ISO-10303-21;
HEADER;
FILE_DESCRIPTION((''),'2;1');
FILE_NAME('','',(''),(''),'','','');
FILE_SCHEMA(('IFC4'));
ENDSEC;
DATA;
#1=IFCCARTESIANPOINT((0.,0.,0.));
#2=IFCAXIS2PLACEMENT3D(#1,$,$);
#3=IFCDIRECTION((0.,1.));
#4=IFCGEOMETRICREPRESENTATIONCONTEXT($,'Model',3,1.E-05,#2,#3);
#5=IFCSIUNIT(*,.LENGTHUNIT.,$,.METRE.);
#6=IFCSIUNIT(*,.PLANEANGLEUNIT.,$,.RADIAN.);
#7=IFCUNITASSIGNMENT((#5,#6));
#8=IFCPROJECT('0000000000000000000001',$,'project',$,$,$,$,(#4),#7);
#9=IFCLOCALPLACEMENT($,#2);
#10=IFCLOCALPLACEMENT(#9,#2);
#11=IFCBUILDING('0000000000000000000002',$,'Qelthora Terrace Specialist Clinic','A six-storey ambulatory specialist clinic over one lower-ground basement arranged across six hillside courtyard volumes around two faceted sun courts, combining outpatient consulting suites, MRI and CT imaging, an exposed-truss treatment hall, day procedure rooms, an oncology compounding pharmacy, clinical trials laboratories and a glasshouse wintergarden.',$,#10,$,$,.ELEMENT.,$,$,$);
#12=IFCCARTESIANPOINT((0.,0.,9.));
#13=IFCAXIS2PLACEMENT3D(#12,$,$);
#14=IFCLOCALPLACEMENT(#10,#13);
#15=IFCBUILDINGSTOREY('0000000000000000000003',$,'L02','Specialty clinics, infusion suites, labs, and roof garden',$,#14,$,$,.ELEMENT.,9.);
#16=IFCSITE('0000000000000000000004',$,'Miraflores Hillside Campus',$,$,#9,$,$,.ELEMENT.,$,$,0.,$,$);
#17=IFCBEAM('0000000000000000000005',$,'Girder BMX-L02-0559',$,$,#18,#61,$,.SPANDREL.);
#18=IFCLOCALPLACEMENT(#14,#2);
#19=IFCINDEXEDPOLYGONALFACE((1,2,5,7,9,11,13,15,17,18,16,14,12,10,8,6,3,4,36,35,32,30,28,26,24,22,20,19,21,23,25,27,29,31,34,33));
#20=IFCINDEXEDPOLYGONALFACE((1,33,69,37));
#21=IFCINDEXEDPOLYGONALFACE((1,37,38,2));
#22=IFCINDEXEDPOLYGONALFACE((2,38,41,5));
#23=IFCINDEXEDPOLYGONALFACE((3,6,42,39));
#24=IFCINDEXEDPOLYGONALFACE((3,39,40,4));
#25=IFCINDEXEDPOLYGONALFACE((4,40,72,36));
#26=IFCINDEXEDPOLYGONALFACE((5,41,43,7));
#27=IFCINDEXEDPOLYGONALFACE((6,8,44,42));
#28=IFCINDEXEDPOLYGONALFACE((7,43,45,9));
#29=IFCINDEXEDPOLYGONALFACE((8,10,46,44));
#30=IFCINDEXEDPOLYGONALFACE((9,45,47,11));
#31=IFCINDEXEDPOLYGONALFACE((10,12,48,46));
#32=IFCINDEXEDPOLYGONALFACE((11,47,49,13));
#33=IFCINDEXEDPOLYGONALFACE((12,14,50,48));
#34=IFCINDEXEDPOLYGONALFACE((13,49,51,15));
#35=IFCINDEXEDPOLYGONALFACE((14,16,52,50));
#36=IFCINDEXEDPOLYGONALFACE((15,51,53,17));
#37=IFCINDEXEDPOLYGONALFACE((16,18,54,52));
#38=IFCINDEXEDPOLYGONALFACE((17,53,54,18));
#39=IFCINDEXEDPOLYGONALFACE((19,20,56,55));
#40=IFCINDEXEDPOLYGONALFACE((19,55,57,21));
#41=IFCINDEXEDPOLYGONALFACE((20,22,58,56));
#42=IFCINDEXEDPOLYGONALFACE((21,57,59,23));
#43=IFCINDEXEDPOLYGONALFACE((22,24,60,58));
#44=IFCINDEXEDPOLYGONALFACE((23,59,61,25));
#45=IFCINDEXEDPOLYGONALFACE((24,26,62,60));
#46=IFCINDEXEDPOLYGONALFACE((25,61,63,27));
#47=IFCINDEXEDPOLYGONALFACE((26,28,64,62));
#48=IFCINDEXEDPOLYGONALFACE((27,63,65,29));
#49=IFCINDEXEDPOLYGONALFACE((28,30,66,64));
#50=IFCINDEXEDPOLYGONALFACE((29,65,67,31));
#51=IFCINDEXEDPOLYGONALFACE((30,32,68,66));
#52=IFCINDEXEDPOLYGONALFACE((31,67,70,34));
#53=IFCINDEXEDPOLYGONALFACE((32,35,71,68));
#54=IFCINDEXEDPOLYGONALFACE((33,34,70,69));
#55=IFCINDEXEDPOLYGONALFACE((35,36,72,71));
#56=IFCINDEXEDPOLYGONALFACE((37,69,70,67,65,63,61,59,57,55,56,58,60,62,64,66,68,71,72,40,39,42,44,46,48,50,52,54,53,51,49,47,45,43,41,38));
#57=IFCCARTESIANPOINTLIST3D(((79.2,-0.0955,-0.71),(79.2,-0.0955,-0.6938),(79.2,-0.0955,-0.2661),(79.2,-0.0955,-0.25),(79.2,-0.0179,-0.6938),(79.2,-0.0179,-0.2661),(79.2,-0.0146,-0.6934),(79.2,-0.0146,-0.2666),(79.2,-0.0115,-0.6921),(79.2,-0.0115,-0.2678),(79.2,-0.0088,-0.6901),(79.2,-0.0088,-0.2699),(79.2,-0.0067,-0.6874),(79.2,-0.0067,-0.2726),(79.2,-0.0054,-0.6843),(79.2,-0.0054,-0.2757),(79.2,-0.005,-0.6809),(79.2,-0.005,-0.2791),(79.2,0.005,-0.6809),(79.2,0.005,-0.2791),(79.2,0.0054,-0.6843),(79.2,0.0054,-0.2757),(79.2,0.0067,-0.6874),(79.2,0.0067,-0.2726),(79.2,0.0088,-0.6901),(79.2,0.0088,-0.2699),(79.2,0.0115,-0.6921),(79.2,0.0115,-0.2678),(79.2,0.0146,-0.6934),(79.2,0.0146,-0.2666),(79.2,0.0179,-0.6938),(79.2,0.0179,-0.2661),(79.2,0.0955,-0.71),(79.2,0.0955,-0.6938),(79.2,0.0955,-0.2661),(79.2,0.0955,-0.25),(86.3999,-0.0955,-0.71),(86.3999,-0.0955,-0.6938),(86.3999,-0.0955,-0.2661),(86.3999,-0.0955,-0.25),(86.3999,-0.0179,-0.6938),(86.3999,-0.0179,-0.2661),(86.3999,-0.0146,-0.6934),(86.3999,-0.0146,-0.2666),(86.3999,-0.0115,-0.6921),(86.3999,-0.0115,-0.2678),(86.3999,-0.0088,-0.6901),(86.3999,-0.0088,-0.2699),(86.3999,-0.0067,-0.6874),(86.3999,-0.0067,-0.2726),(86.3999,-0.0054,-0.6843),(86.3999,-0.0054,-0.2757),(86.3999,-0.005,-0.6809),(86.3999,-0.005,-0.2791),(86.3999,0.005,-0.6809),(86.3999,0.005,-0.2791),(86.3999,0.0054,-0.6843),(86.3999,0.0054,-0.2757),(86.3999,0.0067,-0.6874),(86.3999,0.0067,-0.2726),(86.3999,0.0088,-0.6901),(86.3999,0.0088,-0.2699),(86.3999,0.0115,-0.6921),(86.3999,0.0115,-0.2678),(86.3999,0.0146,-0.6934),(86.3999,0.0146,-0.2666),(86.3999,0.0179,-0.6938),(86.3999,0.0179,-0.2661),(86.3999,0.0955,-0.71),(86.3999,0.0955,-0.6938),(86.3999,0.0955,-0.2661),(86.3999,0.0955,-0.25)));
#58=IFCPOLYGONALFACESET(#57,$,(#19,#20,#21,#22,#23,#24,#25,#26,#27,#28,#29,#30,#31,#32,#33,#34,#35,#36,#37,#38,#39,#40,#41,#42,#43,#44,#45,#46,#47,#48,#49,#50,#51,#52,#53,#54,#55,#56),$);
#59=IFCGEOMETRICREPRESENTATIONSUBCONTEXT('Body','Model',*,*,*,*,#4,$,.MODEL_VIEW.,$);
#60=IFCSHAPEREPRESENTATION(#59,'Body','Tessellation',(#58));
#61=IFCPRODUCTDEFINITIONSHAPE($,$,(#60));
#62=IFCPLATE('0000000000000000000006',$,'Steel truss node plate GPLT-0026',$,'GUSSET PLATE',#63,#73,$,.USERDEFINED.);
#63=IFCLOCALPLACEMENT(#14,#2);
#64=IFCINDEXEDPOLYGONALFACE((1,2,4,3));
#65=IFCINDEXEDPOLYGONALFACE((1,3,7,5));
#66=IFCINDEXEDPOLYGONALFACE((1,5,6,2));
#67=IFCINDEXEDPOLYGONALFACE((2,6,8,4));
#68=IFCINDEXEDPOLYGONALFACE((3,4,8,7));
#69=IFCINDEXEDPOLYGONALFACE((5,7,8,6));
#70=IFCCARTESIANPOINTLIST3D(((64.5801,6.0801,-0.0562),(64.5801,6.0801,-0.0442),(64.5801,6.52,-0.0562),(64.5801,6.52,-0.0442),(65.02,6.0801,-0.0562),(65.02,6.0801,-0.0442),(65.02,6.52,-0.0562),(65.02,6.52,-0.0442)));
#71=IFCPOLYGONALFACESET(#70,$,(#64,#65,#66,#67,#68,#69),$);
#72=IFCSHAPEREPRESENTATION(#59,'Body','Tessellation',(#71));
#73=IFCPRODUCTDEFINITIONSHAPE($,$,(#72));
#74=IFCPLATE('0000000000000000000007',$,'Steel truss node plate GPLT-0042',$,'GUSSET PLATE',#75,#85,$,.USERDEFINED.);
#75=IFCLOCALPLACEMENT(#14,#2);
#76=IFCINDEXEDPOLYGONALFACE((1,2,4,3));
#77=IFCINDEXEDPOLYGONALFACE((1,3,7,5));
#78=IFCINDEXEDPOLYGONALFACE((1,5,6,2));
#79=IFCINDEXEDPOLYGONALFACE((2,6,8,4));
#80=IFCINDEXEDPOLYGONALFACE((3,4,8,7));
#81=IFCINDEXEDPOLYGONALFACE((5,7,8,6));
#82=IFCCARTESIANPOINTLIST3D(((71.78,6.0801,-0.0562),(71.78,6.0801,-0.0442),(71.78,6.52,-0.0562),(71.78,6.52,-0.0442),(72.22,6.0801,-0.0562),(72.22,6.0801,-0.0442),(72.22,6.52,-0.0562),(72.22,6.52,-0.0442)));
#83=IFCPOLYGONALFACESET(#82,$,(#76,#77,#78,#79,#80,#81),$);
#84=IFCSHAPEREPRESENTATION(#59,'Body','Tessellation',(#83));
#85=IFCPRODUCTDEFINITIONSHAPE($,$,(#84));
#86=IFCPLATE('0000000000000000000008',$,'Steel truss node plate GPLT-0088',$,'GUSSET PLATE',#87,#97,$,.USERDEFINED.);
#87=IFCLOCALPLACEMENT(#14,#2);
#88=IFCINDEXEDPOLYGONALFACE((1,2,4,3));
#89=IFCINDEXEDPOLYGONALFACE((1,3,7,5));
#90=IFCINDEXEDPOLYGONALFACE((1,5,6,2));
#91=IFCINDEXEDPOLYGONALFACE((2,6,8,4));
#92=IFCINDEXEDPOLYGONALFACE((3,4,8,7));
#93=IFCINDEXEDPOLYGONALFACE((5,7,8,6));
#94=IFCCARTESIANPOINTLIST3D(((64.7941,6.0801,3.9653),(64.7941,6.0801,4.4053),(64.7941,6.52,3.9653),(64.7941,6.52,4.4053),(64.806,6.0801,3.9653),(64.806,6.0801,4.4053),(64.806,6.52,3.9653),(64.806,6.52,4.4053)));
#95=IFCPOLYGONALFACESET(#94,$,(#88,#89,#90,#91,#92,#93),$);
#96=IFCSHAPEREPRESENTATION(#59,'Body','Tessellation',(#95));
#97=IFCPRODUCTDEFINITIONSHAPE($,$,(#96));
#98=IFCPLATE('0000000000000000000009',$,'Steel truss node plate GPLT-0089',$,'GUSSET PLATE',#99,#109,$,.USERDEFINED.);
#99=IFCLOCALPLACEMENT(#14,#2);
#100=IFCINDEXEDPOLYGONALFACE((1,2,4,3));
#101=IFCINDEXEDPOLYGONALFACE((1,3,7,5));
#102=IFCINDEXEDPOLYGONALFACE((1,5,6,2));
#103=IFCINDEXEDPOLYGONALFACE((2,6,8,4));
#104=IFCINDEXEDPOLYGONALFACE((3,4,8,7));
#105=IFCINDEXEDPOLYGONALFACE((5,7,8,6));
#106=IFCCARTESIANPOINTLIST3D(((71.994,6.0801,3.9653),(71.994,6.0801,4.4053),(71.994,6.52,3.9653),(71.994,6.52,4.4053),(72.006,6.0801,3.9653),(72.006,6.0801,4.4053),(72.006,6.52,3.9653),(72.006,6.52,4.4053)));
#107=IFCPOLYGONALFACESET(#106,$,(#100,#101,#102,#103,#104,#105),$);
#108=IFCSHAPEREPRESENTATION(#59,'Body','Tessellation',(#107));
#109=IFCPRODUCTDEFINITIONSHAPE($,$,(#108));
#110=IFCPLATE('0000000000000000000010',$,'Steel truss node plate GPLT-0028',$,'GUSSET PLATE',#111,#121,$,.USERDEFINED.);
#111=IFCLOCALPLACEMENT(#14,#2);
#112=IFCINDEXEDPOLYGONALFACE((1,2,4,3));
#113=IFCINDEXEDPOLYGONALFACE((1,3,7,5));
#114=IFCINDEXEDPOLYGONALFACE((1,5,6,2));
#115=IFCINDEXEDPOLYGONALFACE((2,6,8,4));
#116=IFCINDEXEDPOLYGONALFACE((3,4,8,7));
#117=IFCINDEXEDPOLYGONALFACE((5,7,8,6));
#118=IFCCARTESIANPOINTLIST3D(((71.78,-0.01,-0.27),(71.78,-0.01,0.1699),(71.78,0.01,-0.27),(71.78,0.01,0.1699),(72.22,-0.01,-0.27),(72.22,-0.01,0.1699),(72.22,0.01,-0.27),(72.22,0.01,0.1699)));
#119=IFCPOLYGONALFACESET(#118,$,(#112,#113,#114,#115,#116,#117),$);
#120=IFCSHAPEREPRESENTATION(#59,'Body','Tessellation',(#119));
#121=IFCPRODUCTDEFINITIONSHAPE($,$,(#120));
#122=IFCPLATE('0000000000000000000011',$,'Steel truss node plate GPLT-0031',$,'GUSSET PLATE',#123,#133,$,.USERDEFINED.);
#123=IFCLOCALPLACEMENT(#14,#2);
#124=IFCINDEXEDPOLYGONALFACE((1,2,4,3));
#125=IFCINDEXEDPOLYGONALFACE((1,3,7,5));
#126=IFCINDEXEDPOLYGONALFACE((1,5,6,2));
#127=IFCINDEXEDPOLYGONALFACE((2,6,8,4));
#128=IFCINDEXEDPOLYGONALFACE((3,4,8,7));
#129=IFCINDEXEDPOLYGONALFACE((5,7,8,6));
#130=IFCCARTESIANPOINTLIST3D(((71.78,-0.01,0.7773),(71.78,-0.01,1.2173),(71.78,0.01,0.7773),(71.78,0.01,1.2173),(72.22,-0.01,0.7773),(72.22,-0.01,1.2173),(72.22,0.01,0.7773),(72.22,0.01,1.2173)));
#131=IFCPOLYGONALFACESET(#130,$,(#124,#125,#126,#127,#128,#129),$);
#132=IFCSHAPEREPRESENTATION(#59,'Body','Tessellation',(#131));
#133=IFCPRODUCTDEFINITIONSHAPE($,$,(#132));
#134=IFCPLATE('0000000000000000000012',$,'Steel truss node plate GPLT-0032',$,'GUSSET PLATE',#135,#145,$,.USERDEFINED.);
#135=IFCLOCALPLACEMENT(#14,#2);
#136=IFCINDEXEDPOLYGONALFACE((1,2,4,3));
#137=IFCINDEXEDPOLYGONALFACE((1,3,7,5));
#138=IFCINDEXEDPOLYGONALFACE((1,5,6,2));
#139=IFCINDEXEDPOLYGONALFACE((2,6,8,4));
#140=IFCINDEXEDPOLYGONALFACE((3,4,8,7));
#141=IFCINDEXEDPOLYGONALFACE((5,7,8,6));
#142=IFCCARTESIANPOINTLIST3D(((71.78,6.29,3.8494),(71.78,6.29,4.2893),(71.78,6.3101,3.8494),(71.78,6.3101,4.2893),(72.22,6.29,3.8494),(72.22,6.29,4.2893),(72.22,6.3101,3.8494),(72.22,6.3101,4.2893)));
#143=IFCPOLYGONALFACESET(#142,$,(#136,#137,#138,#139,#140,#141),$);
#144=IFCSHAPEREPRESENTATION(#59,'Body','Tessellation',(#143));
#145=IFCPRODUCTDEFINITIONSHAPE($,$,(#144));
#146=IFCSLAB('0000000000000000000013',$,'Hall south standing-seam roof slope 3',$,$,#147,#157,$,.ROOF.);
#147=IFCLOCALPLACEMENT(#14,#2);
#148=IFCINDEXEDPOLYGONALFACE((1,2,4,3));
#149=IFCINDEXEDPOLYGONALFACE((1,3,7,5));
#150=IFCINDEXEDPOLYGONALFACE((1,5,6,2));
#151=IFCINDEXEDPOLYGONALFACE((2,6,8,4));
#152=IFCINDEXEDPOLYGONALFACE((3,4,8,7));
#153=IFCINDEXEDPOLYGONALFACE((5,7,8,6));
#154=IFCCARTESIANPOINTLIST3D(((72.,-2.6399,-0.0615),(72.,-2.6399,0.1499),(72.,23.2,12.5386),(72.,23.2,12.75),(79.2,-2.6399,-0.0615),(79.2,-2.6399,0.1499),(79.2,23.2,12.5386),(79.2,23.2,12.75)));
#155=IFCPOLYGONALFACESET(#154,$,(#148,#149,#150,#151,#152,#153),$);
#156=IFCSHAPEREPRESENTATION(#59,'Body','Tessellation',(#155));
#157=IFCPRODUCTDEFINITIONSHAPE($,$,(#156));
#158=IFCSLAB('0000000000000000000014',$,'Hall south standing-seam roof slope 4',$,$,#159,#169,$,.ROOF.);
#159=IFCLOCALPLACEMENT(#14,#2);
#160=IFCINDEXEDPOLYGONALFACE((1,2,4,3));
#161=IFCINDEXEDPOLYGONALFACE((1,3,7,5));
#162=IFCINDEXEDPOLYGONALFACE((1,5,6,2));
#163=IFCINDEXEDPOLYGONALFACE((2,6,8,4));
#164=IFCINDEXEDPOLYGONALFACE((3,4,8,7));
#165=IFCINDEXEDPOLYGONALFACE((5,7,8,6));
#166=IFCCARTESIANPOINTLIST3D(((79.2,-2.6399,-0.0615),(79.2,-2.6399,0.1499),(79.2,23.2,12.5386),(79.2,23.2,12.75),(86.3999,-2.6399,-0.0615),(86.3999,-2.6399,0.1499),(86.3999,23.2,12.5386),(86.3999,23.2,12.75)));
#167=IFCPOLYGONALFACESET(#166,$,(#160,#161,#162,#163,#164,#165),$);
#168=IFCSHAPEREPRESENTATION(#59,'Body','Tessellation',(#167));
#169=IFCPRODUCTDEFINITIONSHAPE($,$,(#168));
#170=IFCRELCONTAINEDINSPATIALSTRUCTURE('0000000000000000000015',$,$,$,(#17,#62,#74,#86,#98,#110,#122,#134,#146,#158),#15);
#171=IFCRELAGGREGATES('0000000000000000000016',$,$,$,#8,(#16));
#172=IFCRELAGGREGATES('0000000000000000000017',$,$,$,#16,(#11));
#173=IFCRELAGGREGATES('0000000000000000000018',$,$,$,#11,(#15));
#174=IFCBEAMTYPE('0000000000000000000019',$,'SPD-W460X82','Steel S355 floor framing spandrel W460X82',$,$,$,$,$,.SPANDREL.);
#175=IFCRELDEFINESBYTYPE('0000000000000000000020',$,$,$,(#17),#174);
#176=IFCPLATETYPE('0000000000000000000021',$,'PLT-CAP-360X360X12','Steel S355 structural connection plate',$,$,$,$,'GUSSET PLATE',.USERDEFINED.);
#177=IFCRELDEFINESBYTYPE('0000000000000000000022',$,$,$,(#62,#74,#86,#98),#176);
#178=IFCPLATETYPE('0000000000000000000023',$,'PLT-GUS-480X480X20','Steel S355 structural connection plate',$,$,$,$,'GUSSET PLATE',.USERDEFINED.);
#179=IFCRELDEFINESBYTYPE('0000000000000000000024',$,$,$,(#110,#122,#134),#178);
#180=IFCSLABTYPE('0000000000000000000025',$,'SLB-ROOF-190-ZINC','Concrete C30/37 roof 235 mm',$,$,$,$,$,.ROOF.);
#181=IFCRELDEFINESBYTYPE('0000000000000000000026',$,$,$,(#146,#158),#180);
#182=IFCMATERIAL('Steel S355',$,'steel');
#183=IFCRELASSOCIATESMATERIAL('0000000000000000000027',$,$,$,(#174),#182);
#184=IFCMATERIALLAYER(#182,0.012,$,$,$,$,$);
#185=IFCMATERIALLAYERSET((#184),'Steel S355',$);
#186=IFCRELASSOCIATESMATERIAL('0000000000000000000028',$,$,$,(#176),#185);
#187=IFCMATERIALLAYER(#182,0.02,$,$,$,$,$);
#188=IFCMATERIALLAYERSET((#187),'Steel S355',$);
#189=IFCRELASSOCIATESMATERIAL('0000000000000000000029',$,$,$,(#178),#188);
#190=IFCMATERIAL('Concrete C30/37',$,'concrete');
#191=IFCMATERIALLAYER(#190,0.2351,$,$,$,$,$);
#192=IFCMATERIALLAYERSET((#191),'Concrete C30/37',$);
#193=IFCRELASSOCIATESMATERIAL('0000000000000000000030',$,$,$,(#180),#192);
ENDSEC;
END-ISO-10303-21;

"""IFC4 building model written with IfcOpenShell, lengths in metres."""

from ifc_helpers import new_model, si_unit, direction, frame, origin, origin_2d, place, context, subcontext, project, spatial, polyline, rectangle, i_section, outline, extrude, material, layer, layer_set, material_profile, profile_set, type_object, element, save


model = new_model("IFC4")

# Units and contexts
model_context = context("Model", 3, precision=1e-05, world=origin(), true_north=direction((0.0, 1.0)))
body_context = subcontext(model_context, "Body", "Model", "MODEL_VIEW")
ifc_project = project(units=[si_unit("LENGTHUNIT", "METRE"), si_unit("PLANEANGLEUNIT", "RADIAN")], contexts=[model_context])

# Site, building, storey
site_placement = place(None, origin())
site = spatial("IfcSite", under=ifc_project, at=site_placement, Name="Miraflores Hillside Campus", CompositionType="ELEMENT", RefElevation=0.0)
building_placement = place(site_placement, origin())
building = spatial("IfcBuilding", under=site, at=building_placement, Name="Qelthora Terrace Specialist Clinic", Description="A six-storey ambulatory specialist clinic over one lower-ground basement arranged across six hillside courtyard volumes around two faceted sun courts, combining outpatient consulting suites, MRI and CT imaging, an exposed-truss treatment hall, day procedure rooms, an oncology compounding pharmacy, clinical trials laboratories and a glasshouse wintergarden.", CompositionType="ELEMENT")
storey_placement = place(building_placement, frame((0.0, 0.0, 9.0)))
storey = spatial("IfcBuildingStorey", under=building, at=storey_placement, Name="L02", Description="Specialty clinics, infusion suites, labs, and roof garden", CompositionType="ELEMENT", Elevation=9.0)

# Shared definitions
ifc_material_1 = material(Name="Steel S355", Category="steel")

# Beam
ifc_material_profile_1 = material_profile(ifc_material_1, i_section(OverallWidth=0.1909, OverallDepth=0.46, WebThickness=0.01, FlangeThickness=0.0161, FilletRadius=0.0129, at=origin_2d()), Name="W460X82")
ifc_profile_set_1 = profile_set([ifc_material_profile_1], Name="Steel S355")
beam_type = type_object("IfcBeamType", Name="SPD-W460X82", Description="Steel S355 floor framing spandrel W460X82", PredefinedType="SPANDREL", material=ifc_profile_set_1)
for number, where, z_axis, x_axis, name in (
    (1, (79.2, 0.0, -0.48), (1.0, 0.0, 0.0), (0.0, 1.0, 0.0), "Girder BMX-L02-0559"),
):
    element("IfcBeam", number, at=place(storey_placement, frame(where, z_axis=z_axis, x_axis=x_axis)), inside=storey, type_object=beam_type, Name=name, PredefinedType="SPANDREL", context=body_context, shape_type="SweptSolid", body=[
        extrude(i_section(OverallWidth=0.1909, OverallDepth=0.46, WebThickness=0.01, FlangeThickness=0.0161, FilletRadius=0.0129, at=origin_2d()), origin(), (0.0, 0.0, 1.0), 7.2),
    ])

# Plates
ifc_layer_1 = layer(ifc_material_1, 0.012)
ifc_layer_set_1 = layer_set([ifc_layer_1], Name="Steel S355")
plate_type_1 = type_object("IfcPlateType", Name="PLT-CAP-360X360X12", Description="Steel S355 structural connection plate", ElementType="GUSSET PLATE", PredefinedType="USERDEFINED", material=ifc_layer_set_1)
for number, where, z_axis, x_axis, name in (
    (2, (64.8, 6.3, -0.0562), (0.0, 0.0, 1.0), (1.0, 0.0, 0.0), "Steel truss node plate GPLT-0026"),
    (3, (72.0, 6.3, -0.0562), (0.0, 0.0, 1.0), (1.0, 0.0, 0.0), "Steel truss node plate GPLT-0042"),
):
    element("IfcPlate", number, at=place(storey_placement, frame(where, z_axis=z_axis, x_axis=x_axis)), inside=storey, type_object=plate_type_1, Name=name, ObjectType="GUSSET PLATE", PredefinedType="USERDEFINED", context=body_context, shape_type="SweptSolid", body=[
        extrude(rectangle(XDim=0.4399, YDim=0.4399, at=origin_2d()), origin(), (0.0, 0.0, 1.0), 0.012),
    ])
for number, where, z_axis, x_axis, name in (
    (4, (64.8, 6.3, 3.9653), (0.0, 0.0, 1.0), (1.0, 0.0, 0.0), "Steel truss node plate GPLT-0088"),
    (5, (72.0, 6.3, 3.9653), (0.0, 0.0, 1.0), (1.0, 0.0, 0.0), "Steel truss node plate GPLT-0089"),
):
    element("IfcPlate", number, at=place(storey_placement, frame(where, z_axis=z_axis, x_axis=x_axis)), inside=storey, type_object=plate_type_1, Name=name, ObjectType="GUSSET PLATE", PredefinedType="USERDEFINED", context=body_context, shape_type="SweptSolid", body=[
        extrude(rectangle(XDim=0.012, YDim=0.4399, at=origin_2d()), origin(), (0.0, 0.0, 1.0), 0.4399),
    ])
ifc_layer_2 = layer(ifc_material_1, 0.02)
ifc_layer_set_2 = layer_set([ifc_layer_2], Name="Steel S355")
plate_type_2 = type_object("IfcPlateType", Name="PLT-GUS-480X480X20", Description="Steel S355 structural connection plate", ElementType="GUSSET PLATE", PredefinedType="USERDEFINED", material=ifc_layer_set_2)
for number, where, z_axis, x_axis, name in (
    (6, (72.0, 0.0, -0.27), (0.0, 0.0, 1.0), (1.0, 0.0, 0.0), "Steel truss node plate GPLT-0028"),
    (7, (72.0, 0.0, 0.7773), (0.0, 0.0, 1.0), (1.0, 0.0, 0.0), "Steel truss node plate GPLT-0031"),
    (8, (72.0, 6.3, 3.8494), (0.0, 0.0, 1.0), (1.0, 0.0, 0.0), "Steel truss node plate GPLT-0032"),
):
    element("IfcPlate", number, at=place(storey_placement, frame(where, z_axis=z_axis, x_axis=x_axis)), inside=storey, type_object=plate_type_2, Name=name, ObjectType="GUSSET PLATE", PredefinedType="USERDEFINED", context=body_context, shape_type="SweptSolid", body=[
        extrude(rectangle(XDim=0.4399, YDim=0.02, at=origin_2d()), origin(), (0.0, 0.0, 1.0), 0.4399),
    ])

# Slabs
ifc_material_2 = material(Name="Concrete C30/37", Category="concrete")
ifc_layer_3 = layer(ifc_material_2, 0.2351)
ifc_layer_set_3 = layer_set([ifc_layer_3], Name="Concrete C30/37")
slab_type = type_object("IfcSlabType", Name="SLB-ROOF-190-ZINC", Description="Concrete C30/37 roof 235 mm", PredefinedType="ROOF", material=ifc_layer_set_3)
for number, where, z_axis, x_axis, name in (
    (9, (72.0, -2.6399, -0.0615), (0.0, -0.438291, 0.898833), (1.0, 0.0, 0.0), "Hall south standing-seam roof slope 3"),
    (10, (79.2, -2.6399, -0.0615), (0.0, -0.438291, 0.898833), (1.0, 0.0, 0.0), "Hall south standing-seam roof slope 4"),
):
    element("IfcSlab", number, at=place(storey_placement, frame(where, z_axis=z_axis, x_axis=x_axis)), inside=storey, type_object=slab_type, Name=name, PredefinedType="ROOF", context=body_context, shape_type="SweptSolid", body=[
        extrude(outline(polyline([(0.0, 0.0), (7.2, 0.0), (7.2, 28.7482), (0.0, 28.7482), (0.0, 0.0)])), origin(), (0.0, 0.438291, 0.898833), 0.2114),
    ])

save(model, "model.ifc")
